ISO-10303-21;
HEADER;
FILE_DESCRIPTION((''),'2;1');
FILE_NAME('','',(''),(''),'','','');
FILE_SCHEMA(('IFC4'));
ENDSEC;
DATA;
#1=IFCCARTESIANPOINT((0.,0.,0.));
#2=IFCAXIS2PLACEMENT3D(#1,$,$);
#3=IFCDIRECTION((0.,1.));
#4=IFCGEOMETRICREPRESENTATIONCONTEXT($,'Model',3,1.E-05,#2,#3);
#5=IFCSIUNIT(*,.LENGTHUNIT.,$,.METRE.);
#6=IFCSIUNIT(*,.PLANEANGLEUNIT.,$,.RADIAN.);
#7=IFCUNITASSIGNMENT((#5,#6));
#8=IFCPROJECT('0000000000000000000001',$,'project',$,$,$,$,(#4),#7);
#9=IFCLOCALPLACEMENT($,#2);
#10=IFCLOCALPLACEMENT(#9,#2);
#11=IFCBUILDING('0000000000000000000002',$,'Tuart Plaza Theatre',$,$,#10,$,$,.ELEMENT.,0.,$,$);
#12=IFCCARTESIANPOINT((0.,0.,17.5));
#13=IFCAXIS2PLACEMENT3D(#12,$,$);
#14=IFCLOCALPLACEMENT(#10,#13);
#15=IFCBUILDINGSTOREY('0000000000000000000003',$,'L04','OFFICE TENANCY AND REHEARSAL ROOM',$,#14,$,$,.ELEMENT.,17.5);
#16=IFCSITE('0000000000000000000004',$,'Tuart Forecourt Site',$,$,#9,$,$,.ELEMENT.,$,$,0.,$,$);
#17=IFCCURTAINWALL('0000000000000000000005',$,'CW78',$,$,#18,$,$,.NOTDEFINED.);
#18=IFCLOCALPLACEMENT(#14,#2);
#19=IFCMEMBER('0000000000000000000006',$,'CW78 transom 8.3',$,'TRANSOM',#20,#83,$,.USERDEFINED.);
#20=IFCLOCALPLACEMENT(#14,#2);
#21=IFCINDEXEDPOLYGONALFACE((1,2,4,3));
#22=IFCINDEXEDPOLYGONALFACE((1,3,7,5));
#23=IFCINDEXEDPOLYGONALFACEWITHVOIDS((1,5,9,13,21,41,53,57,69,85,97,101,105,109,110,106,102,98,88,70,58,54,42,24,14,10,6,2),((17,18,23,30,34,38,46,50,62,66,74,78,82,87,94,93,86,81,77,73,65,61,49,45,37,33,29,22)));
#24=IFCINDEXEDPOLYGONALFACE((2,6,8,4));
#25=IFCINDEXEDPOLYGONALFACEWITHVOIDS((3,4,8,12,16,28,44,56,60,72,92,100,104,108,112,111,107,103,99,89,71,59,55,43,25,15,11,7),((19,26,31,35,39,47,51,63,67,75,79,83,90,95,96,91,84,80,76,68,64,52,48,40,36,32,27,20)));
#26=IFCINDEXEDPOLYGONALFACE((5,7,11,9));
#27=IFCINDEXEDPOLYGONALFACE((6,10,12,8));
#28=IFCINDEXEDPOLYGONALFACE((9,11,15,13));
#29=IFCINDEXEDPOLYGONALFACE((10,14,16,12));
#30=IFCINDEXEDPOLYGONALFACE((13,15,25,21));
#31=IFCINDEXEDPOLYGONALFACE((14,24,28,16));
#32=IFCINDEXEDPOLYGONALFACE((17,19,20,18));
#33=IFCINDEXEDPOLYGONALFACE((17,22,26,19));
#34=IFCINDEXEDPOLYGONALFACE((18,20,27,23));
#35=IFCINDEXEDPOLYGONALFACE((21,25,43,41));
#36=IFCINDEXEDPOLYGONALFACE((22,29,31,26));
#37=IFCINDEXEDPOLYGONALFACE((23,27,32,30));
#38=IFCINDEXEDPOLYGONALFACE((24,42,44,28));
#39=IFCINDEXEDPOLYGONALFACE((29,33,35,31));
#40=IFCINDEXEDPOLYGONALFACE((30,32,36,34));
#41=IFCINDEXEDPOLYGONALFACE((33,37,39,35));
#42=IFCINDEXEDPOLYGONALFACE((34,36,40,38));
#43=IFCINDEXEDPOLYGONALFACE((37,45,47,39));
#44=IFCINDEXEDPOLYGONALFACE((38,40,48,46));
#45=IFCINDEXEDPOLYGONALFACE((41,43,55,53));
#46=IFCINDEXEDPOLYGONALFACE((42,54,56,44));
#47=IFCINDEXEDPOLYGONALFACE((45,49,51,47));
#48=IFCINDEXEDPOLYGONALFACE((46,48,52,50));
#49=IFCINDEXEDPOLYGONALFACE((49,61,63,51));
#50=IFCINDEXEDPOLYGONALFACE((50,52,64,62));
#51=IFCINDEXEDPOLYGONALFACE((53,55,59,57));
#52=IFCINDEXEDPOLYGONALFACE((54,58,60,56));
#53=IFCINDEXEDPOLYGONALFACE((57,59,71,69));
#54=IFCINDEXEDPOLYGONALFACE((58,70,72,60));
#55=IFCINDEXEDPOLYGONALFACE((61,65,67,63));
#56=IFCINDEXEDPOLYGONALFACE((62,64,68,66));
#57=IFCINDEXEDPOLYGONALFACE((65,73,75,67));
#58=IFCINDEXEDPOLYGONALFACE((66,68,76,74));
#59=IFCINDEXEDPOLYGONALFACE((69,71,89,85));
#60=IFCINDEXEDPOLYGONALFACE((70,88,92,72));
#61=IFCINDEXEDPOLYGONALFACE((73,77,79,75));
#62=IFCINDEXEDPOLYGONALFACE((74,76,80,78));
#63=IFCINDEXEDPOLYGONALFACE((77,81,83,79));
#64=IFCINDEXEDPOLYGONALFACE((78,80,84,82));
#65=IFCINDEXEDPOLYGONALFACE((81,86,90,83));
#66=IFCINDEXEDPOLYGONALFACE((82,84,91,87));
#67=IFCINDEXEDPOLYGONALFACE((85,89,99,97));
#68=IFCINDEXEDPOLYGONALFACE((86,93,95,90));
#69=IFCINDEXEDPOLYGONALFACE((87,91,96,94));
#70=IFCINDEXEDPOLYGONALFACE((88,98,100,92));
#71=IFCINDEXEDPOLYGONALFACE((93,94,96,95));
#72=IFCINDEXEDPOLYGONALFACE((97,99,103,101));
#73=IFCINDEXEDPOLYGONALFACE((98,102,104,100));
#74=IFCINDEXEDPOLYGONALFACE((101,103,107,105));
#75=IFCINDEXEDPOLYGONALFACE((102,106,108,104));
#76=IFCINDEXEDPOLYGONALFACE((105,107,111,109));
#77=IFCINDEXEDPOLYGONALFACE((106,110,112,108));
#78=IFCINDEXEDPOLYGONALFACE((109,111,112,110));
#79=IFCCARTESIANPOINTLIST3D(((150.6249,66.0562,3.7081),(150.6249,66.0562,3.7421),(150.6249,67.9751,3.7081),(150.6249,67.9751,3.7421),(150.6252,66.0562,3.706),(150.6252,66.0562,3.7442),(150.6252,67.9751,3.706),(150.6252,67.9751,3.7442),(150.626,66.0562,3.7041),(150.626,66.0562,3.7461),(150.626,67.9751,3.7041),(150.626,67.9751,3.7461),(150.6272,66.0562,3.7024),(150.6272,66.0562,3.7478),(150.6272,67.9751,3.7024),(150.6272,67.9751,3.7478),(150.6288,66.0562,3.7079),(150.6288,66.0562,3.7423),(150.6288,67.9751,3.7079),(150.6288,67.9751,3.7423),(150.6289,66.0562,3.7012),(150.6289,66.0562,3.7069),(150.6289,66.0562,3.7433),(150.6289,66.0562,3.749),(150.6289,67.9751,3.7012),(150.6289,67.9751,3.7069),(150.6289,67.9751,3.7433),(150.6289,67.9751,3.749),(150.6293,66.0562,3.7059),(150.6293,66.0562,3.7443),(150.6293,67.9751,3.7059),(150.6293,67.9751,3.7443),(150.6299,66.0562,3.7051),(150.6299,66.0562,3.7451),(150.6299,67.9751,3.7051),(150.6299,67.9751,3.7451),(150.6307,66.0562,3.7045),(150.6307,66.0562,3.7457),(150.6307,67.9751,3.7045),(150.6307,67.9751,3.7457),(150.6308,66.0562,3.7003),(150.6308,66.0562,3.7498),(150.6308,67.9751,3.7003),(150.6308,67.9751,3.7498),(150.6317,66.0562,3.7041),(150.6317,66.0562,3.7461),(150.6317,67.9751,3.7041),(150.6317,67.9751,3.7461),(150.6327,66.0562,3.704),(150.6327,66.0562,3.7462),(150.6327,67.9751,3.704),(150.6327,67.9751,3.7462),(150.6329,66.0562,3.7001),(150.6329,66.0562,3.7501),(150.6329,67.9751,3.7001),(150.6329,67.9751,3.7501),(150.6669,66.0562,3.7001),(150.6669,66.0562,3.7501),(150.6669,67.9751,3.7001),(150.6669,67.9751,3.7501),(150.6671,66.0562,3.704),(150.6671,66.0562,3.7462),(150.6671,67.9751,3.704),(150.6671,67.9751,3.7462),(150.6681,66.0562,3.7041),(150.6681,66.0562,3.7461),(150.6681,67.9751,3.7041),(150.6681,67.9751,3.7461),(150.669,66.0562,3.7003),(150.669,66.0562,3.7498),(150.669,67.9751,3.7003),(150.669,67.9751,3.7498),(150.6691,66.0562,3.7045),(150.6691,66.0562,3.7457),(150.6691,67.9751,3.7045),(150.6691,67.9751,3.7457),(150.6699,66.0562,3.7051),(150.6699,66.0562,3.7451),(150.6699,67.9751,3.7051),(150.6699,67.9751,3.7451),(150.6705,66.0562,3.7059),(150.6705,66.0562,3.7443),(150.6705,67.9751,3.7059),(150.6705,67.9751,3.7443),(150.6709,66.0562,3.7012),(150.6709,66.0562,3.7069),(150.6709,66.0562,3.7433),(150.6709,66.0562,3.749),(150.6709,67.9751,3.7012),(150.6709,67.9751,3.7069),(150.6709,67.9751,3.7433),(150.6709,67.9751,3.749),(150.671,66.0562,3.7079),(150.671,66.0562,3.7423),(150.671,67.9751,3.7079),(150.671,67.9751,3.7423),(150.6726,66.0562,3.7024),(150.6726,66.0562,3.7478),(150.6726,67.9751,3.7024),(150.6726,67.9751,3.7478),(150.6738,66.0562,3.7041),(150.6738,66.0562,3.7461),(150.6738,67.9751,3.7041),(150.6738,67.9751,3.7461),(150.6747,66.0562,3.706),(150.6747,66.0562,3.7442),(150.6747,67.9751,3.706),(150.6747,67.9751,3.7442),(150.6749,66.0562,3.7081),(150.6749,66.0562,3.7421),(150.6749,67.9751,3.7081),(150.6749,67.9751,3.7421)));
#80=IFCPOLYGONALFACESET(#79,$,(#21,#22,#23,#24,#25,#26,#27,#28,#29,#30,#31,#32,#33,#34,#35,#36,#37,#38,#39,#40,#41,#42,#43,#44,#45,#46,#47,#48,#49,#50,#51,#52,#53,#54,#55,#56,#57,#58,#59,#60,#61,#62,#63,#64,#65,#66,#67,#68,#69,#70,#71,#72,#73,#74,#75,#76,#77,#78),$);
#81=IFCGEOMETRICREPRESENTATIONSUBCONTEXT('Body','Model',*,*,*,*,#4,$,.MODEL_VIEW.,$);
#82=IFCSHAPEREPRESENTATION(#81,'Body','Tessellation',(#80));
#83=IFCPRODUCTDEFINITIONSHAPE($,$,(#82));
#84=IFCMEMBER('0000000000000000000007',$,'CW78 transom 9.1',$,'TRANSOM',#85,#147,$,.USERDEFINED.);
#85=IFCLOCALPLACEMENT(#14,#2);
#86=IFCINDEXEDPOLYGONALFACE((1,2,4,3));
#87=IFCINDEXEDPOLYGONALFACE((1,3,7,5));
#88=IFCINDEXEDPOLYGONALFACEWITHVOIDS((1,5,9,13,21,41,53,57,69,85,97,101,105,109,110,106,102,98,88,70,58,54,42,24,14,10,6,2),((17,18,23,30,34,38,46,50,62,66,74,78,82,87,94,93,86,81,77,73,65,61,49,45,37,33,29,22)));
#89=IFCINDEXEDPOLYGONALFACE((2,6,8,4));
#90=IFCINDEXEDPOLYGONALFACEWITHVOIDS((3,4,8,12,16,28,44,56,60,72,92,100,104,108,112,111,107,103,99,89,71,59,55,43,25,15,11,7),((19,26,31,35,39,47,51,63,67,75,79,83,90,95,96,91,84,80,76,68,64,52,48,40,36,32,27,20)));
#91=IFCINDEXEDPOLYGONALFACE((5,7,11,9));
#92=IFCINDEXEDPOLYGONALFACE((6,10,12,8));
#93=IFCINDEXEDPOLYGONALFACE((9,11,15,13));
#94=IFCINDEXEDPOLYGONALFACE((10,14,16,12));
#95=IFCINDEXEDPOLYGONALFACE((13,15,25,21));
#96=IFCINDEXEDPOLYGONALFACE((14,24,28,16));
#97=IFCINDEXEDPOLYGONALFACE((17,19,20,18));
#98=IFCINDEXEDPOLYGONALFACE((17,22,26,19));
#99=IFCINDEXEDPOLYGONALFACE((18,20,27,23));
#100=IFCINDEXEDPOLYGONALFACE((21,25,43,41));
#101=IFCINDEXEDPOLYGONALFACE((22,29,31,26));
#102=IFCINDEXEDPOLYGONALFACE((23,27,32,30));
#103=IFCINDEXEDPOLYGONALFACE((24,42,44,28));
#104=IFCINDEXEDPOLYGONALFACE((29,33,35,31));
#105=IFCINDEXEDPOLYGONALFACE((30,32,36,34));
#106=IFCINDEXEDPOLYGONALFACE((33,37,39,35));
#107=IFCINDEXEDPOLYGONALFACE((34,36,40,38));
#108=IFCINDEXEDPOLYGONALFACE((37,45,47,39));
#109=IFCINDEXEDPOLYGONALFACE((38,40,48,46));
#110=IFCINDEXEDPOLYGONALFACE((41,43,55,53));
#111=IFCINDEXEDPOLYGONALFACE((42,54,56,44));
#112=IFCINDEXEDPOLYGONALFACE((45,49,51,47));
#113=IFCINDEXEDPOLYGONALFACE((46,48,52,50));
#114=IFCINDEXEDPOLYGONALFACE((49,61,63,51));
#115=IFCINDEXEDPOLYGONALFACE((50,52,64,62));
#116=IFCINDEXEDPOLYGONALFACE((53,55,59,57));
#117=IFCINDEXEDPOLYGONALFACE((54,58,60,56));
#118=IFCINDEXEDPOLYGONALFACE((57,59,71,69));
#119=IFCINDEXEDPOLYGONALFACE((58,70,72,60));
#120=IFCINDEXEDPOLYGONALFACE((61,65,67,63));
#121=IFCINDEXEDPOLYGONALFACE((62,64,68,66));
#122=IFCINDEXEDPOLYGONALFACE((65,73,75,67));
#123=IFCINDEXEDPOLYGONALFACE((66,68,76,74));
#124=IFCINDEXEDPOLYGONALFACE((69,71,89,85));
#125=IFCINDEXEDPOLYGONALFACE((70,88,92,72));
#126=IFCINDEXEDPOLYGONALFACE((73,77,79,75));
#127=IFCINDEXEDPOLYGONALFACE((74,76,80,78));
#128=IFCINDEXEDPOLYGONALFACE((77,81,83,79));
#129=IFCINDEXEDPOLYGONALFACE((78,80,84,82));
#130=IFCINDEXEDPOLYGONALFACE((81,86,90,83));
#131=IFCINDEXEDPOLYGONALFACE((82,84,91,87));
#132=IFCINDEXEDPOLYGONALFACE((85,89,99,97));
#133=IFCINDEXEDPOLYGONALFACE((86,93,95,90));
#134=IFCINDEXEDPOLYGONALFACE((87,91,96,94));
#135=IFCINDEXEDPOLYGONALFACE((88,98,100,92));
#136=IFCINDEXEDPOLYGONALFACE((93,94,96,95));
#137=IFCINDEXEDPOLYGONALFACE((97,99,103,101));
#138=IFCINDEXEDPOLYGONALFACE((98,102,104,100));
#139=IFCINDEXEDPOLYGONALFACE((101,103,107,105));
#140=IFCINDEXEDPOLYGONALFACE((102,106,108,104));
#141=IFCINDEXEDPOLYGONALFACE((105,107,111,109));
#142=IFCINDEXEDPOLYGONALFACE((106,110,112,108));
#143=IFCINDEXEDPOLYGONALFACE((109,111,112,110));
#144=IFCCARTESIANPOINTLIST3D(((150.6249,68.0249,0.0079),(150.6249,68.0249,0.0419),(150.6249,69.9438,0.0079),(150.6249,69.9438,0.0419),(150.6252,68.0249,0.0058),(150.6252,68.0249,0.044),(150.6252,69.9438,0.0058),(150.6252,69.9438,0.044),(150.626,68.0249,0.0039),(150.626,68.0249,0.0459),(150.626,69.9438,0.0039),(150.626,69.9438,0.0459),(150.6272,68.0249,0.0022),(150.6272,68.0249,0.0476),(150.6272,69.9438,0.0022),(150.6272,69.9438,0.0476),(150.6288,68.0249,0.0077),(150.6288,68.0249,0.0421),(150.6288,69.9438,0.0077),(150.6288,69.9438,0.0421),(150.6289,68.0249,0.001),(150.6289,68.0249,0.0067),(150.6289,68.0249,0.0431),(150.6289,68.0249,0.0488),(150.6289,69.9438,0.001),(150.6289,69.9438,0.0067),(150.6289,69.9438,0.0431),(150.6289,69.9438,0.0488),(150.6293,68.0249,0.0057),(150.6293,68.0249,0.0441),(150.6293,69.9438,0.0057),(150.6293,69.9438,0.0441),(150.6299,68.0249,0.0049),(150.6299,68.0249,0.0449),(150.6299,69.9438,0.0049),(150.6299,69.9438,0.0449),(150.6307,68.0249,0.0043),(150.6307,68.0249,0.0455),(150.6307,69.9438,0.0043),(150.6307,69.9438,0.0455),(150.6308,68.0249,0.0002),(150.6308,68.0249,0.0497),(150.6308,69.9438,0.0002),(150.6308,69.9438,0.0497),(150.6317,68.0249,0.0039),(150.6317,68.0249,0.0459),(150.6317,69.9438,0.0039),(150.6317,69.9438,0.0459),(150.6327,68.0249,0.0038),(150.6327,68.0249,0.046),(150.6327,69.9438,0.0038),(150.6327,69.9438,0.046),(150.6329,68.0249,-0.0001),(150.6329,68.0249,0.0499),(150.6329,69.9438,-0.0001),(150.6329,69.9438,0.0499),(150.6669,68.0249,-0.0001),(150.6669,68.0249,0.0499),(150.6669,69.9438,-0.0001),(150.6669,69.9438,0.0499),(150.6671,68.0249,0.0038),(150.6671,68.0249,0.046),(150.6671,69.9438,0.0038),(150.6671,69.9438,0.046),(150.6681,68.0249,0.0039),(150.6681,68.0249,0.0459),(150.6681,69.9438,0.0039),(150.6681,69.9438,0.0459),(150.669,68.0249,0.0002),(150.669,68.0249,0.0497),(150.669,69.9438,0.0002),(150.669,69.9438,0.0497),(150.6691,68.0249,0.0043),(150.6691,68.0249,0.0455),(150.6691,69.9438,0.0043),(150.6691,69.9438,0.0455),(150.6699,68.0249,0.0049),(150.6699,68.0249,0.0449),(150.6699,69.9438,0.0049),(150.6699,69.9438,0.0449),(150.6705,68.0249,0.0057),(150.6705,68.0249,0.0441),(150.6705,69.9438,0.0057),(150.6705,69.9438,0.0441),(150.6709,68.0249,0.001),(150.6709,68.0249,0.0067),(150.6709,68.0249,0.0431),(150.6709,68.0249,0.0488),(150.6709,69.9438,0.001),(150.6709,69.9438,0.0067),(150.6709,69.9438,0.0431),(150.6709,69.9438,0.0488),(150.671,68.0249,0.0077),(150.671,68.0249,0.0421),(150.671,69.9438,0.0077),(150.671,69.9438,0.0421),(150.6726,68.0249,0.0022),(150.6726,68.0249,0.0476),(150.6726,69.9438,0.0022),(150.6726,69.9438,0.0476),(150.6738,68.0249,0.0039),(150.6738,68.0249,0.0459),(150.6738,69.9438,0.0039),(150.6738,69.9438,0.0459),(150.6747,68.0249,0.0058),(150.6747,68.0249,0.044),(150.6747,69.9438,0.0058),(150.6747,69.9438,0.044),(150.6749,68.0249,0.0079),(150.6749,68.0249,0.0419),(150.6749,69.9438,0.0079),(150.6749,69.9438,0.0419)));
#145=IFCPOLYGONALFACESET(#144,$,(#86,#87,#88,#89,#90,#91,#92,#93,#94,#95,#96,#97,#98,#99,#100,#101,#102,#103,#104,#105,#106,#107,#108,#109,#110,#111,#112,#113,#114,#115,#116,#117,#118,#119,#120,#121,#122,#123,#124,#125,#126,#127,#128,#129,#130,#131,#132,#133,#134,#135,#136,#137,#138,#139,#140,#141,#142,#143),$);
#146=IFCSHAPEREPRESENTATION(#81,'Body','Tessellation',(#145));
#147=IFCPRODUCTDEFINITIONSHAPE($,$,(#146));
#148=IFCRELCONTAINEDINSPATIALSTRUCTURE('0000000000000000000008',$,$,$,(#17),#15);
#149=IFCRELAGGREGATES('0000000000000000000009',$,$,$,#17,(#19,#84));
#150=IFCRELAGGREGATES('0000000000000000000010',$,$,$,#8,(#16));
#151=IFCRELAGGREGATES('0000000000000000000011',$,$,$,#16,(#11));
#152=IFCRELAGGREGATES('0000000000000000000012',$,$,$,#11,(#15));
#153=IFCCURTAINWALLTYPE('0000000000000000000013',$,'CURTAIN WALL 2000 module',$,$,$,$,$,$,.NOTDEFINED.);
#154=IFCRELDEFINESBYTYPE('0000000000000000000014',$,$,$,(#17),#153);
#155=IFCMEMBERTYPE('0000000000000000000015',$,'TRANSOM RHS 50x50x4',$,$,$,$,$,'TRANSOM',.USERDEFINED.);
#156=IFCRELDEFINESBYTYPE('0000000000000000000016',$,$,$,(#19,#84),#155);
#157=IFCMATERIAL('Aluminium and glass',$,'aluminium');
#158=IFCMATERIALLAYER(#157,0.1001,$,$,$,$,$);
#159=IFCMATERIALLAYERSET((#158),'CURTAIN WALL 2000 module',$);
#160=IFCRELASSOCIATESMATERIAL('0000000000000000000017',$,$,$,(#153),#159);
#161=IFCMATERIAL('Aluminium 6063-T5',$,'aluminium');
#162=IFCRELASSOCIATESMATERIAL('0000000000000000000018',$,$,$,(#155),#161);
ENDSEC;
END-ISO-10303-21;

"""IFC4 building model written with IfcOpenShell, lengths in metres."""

from ifc_helpers import new_model, si_unit, direction, frame, origin, origin_2d, place, context, subcontext, project, spatial, hollow_rectangle, extrude, material, layer, layer_set, material_profile, profile_set, type_object, element, aggregate, save


model = new_model("IFC4")

# Units and contexts
model_context = context("Model", 3, precision=1e-05, world=origin(), true_north=direction((0.0, 1.0)))
body_context = subcontext(model_context, "Body", "Model", "MODEL_VIEW")
ifc_project = project(units=[si_unit("LENGTHUNIT", "METRE"), si_unit("PLANEANGLEUNIT", "RADIAN")], contexts=[model_context])

# Site, building, storey
site_placement = place(None, origin())
site = spatial("IfcSite", under=ifc_project, at=site_placement, Name="Tuart Forecourt Site", CompositionType="ELEMENT", RefElevation=0.0)
building_placement = place(site_placement, origin())
building = spatial("IfcBuilding", under=site, at=building_placement, Name="Tuart Plaza Theatre", CompositionType="ELEMENT", ElevationOfRefHeight=0.0)
storey_placement = place(building_placement, frame((0.0, 0.0, 17.5)))
storey = spatial("IfcBuildingStorey", under=building, at=storey_placement, Name="L04", Description="OFFICE TENANCY AND REHEARSAL ROOM", CompositionType="ELEMENT", Elevation=17.5)

# Curtain wall, members
ifc_material_1 = material(Name="Aluminium and glass", Category="aluminium")
ifc_layer_1 = layer(ifc_material_1, 0.1001)
ifc_layer_set_1 = layer_set([ifc_layer_1], Name="CURTAIN WALL 2000 module")
curtain_wall_type = type_object("IfcCurtainWallType", Name="CURTAIN WALL 2000 module", PredefinedType="NOTDEFINED", material=ifc_layer_set_1)
curtain_wall_placement = place(storey_placement, origin())
curtain_wall = element("IfcCurtainWall", 1, at=curtain_wall_placement, inside=storey, type_object=curtain_wall_type, Name="CW78", PredefinedType="NOTDEFINED")
ifc_material_2 = material(Name="Aluminium 6063-T5", Category="aluminium")
ifc_material_profile_1 = material_profile(ifc_material_2, hollow_rectangle(XDim=0.05, YDim=0.05, WallThickness=0.0039, InnerFilletRadius=0.0039, OuterFilletRadius=0.0081, at=origin_2d()), Name="RHS 50x50x4")
ifc_profile_set_1 = profile_set([ifc_material_profile_1], Name="Aluminium 6063-T5")
member_type_1 = type_object("IfcMemberType", Name="TRANSOM RHS 50x50x4", ElementType="TRANSOM", PredefinedType="USERDEFINED", material=ifc_profile_set_1)
member_1_placement = place(storey_placement, frame((150.6499, 66.0562, 3.7251), z_axis=(0.0, 1.0, 0.0), x_axis=(-1.0, 0.0, 0.0)))
member_1 = element("IfcMember", 2, at=member_1_placement, type_object=member_type_1, Name="CW78 transom 8.3", ObjectType="TRANSOM", PredefinedType="USERDEFINED", context=body_context, shape_type="SweptSolid", body=[
    extrude(hollow_rectangle(XDim=0.05, YDim=0.05, WallThickness=0.0039, InnerFilletRadius=0.0039, OuterFilletRadius=0.0081, at=origin_2d()), origin(), (0.0, 0.0, 1.0), 1.9189),
])
member_2_placement = place(storey_placement, frame((150.6499, 68.0249, 0.0249), z_axis=(0.0, 1.0, 0.0), x_axis=(-1.0, 0.0, 0.0)))
member_2 = element("IfcMember", 3, at=member_2_placement, type_object=member_type_1, Name="CW78 transom 9.1", ObjectType="TRANSOM", PredefinedType="USERDEFINED", context=body_context, shape_type="SweptSolid", body=[
    extrude(hollow_rectangle(XDim=0.05, YDim=0.05, WallThickness=0.0039, InnerFilletRadius=0.0039, OuterFilletRadius=0.0081, at=origin_2d()), origin(), (0.0, 0.0, 1.0), 1.9189),
])
aggregate(curtain_wall, [member_1, member_2])

save(model, "model.ifc")
